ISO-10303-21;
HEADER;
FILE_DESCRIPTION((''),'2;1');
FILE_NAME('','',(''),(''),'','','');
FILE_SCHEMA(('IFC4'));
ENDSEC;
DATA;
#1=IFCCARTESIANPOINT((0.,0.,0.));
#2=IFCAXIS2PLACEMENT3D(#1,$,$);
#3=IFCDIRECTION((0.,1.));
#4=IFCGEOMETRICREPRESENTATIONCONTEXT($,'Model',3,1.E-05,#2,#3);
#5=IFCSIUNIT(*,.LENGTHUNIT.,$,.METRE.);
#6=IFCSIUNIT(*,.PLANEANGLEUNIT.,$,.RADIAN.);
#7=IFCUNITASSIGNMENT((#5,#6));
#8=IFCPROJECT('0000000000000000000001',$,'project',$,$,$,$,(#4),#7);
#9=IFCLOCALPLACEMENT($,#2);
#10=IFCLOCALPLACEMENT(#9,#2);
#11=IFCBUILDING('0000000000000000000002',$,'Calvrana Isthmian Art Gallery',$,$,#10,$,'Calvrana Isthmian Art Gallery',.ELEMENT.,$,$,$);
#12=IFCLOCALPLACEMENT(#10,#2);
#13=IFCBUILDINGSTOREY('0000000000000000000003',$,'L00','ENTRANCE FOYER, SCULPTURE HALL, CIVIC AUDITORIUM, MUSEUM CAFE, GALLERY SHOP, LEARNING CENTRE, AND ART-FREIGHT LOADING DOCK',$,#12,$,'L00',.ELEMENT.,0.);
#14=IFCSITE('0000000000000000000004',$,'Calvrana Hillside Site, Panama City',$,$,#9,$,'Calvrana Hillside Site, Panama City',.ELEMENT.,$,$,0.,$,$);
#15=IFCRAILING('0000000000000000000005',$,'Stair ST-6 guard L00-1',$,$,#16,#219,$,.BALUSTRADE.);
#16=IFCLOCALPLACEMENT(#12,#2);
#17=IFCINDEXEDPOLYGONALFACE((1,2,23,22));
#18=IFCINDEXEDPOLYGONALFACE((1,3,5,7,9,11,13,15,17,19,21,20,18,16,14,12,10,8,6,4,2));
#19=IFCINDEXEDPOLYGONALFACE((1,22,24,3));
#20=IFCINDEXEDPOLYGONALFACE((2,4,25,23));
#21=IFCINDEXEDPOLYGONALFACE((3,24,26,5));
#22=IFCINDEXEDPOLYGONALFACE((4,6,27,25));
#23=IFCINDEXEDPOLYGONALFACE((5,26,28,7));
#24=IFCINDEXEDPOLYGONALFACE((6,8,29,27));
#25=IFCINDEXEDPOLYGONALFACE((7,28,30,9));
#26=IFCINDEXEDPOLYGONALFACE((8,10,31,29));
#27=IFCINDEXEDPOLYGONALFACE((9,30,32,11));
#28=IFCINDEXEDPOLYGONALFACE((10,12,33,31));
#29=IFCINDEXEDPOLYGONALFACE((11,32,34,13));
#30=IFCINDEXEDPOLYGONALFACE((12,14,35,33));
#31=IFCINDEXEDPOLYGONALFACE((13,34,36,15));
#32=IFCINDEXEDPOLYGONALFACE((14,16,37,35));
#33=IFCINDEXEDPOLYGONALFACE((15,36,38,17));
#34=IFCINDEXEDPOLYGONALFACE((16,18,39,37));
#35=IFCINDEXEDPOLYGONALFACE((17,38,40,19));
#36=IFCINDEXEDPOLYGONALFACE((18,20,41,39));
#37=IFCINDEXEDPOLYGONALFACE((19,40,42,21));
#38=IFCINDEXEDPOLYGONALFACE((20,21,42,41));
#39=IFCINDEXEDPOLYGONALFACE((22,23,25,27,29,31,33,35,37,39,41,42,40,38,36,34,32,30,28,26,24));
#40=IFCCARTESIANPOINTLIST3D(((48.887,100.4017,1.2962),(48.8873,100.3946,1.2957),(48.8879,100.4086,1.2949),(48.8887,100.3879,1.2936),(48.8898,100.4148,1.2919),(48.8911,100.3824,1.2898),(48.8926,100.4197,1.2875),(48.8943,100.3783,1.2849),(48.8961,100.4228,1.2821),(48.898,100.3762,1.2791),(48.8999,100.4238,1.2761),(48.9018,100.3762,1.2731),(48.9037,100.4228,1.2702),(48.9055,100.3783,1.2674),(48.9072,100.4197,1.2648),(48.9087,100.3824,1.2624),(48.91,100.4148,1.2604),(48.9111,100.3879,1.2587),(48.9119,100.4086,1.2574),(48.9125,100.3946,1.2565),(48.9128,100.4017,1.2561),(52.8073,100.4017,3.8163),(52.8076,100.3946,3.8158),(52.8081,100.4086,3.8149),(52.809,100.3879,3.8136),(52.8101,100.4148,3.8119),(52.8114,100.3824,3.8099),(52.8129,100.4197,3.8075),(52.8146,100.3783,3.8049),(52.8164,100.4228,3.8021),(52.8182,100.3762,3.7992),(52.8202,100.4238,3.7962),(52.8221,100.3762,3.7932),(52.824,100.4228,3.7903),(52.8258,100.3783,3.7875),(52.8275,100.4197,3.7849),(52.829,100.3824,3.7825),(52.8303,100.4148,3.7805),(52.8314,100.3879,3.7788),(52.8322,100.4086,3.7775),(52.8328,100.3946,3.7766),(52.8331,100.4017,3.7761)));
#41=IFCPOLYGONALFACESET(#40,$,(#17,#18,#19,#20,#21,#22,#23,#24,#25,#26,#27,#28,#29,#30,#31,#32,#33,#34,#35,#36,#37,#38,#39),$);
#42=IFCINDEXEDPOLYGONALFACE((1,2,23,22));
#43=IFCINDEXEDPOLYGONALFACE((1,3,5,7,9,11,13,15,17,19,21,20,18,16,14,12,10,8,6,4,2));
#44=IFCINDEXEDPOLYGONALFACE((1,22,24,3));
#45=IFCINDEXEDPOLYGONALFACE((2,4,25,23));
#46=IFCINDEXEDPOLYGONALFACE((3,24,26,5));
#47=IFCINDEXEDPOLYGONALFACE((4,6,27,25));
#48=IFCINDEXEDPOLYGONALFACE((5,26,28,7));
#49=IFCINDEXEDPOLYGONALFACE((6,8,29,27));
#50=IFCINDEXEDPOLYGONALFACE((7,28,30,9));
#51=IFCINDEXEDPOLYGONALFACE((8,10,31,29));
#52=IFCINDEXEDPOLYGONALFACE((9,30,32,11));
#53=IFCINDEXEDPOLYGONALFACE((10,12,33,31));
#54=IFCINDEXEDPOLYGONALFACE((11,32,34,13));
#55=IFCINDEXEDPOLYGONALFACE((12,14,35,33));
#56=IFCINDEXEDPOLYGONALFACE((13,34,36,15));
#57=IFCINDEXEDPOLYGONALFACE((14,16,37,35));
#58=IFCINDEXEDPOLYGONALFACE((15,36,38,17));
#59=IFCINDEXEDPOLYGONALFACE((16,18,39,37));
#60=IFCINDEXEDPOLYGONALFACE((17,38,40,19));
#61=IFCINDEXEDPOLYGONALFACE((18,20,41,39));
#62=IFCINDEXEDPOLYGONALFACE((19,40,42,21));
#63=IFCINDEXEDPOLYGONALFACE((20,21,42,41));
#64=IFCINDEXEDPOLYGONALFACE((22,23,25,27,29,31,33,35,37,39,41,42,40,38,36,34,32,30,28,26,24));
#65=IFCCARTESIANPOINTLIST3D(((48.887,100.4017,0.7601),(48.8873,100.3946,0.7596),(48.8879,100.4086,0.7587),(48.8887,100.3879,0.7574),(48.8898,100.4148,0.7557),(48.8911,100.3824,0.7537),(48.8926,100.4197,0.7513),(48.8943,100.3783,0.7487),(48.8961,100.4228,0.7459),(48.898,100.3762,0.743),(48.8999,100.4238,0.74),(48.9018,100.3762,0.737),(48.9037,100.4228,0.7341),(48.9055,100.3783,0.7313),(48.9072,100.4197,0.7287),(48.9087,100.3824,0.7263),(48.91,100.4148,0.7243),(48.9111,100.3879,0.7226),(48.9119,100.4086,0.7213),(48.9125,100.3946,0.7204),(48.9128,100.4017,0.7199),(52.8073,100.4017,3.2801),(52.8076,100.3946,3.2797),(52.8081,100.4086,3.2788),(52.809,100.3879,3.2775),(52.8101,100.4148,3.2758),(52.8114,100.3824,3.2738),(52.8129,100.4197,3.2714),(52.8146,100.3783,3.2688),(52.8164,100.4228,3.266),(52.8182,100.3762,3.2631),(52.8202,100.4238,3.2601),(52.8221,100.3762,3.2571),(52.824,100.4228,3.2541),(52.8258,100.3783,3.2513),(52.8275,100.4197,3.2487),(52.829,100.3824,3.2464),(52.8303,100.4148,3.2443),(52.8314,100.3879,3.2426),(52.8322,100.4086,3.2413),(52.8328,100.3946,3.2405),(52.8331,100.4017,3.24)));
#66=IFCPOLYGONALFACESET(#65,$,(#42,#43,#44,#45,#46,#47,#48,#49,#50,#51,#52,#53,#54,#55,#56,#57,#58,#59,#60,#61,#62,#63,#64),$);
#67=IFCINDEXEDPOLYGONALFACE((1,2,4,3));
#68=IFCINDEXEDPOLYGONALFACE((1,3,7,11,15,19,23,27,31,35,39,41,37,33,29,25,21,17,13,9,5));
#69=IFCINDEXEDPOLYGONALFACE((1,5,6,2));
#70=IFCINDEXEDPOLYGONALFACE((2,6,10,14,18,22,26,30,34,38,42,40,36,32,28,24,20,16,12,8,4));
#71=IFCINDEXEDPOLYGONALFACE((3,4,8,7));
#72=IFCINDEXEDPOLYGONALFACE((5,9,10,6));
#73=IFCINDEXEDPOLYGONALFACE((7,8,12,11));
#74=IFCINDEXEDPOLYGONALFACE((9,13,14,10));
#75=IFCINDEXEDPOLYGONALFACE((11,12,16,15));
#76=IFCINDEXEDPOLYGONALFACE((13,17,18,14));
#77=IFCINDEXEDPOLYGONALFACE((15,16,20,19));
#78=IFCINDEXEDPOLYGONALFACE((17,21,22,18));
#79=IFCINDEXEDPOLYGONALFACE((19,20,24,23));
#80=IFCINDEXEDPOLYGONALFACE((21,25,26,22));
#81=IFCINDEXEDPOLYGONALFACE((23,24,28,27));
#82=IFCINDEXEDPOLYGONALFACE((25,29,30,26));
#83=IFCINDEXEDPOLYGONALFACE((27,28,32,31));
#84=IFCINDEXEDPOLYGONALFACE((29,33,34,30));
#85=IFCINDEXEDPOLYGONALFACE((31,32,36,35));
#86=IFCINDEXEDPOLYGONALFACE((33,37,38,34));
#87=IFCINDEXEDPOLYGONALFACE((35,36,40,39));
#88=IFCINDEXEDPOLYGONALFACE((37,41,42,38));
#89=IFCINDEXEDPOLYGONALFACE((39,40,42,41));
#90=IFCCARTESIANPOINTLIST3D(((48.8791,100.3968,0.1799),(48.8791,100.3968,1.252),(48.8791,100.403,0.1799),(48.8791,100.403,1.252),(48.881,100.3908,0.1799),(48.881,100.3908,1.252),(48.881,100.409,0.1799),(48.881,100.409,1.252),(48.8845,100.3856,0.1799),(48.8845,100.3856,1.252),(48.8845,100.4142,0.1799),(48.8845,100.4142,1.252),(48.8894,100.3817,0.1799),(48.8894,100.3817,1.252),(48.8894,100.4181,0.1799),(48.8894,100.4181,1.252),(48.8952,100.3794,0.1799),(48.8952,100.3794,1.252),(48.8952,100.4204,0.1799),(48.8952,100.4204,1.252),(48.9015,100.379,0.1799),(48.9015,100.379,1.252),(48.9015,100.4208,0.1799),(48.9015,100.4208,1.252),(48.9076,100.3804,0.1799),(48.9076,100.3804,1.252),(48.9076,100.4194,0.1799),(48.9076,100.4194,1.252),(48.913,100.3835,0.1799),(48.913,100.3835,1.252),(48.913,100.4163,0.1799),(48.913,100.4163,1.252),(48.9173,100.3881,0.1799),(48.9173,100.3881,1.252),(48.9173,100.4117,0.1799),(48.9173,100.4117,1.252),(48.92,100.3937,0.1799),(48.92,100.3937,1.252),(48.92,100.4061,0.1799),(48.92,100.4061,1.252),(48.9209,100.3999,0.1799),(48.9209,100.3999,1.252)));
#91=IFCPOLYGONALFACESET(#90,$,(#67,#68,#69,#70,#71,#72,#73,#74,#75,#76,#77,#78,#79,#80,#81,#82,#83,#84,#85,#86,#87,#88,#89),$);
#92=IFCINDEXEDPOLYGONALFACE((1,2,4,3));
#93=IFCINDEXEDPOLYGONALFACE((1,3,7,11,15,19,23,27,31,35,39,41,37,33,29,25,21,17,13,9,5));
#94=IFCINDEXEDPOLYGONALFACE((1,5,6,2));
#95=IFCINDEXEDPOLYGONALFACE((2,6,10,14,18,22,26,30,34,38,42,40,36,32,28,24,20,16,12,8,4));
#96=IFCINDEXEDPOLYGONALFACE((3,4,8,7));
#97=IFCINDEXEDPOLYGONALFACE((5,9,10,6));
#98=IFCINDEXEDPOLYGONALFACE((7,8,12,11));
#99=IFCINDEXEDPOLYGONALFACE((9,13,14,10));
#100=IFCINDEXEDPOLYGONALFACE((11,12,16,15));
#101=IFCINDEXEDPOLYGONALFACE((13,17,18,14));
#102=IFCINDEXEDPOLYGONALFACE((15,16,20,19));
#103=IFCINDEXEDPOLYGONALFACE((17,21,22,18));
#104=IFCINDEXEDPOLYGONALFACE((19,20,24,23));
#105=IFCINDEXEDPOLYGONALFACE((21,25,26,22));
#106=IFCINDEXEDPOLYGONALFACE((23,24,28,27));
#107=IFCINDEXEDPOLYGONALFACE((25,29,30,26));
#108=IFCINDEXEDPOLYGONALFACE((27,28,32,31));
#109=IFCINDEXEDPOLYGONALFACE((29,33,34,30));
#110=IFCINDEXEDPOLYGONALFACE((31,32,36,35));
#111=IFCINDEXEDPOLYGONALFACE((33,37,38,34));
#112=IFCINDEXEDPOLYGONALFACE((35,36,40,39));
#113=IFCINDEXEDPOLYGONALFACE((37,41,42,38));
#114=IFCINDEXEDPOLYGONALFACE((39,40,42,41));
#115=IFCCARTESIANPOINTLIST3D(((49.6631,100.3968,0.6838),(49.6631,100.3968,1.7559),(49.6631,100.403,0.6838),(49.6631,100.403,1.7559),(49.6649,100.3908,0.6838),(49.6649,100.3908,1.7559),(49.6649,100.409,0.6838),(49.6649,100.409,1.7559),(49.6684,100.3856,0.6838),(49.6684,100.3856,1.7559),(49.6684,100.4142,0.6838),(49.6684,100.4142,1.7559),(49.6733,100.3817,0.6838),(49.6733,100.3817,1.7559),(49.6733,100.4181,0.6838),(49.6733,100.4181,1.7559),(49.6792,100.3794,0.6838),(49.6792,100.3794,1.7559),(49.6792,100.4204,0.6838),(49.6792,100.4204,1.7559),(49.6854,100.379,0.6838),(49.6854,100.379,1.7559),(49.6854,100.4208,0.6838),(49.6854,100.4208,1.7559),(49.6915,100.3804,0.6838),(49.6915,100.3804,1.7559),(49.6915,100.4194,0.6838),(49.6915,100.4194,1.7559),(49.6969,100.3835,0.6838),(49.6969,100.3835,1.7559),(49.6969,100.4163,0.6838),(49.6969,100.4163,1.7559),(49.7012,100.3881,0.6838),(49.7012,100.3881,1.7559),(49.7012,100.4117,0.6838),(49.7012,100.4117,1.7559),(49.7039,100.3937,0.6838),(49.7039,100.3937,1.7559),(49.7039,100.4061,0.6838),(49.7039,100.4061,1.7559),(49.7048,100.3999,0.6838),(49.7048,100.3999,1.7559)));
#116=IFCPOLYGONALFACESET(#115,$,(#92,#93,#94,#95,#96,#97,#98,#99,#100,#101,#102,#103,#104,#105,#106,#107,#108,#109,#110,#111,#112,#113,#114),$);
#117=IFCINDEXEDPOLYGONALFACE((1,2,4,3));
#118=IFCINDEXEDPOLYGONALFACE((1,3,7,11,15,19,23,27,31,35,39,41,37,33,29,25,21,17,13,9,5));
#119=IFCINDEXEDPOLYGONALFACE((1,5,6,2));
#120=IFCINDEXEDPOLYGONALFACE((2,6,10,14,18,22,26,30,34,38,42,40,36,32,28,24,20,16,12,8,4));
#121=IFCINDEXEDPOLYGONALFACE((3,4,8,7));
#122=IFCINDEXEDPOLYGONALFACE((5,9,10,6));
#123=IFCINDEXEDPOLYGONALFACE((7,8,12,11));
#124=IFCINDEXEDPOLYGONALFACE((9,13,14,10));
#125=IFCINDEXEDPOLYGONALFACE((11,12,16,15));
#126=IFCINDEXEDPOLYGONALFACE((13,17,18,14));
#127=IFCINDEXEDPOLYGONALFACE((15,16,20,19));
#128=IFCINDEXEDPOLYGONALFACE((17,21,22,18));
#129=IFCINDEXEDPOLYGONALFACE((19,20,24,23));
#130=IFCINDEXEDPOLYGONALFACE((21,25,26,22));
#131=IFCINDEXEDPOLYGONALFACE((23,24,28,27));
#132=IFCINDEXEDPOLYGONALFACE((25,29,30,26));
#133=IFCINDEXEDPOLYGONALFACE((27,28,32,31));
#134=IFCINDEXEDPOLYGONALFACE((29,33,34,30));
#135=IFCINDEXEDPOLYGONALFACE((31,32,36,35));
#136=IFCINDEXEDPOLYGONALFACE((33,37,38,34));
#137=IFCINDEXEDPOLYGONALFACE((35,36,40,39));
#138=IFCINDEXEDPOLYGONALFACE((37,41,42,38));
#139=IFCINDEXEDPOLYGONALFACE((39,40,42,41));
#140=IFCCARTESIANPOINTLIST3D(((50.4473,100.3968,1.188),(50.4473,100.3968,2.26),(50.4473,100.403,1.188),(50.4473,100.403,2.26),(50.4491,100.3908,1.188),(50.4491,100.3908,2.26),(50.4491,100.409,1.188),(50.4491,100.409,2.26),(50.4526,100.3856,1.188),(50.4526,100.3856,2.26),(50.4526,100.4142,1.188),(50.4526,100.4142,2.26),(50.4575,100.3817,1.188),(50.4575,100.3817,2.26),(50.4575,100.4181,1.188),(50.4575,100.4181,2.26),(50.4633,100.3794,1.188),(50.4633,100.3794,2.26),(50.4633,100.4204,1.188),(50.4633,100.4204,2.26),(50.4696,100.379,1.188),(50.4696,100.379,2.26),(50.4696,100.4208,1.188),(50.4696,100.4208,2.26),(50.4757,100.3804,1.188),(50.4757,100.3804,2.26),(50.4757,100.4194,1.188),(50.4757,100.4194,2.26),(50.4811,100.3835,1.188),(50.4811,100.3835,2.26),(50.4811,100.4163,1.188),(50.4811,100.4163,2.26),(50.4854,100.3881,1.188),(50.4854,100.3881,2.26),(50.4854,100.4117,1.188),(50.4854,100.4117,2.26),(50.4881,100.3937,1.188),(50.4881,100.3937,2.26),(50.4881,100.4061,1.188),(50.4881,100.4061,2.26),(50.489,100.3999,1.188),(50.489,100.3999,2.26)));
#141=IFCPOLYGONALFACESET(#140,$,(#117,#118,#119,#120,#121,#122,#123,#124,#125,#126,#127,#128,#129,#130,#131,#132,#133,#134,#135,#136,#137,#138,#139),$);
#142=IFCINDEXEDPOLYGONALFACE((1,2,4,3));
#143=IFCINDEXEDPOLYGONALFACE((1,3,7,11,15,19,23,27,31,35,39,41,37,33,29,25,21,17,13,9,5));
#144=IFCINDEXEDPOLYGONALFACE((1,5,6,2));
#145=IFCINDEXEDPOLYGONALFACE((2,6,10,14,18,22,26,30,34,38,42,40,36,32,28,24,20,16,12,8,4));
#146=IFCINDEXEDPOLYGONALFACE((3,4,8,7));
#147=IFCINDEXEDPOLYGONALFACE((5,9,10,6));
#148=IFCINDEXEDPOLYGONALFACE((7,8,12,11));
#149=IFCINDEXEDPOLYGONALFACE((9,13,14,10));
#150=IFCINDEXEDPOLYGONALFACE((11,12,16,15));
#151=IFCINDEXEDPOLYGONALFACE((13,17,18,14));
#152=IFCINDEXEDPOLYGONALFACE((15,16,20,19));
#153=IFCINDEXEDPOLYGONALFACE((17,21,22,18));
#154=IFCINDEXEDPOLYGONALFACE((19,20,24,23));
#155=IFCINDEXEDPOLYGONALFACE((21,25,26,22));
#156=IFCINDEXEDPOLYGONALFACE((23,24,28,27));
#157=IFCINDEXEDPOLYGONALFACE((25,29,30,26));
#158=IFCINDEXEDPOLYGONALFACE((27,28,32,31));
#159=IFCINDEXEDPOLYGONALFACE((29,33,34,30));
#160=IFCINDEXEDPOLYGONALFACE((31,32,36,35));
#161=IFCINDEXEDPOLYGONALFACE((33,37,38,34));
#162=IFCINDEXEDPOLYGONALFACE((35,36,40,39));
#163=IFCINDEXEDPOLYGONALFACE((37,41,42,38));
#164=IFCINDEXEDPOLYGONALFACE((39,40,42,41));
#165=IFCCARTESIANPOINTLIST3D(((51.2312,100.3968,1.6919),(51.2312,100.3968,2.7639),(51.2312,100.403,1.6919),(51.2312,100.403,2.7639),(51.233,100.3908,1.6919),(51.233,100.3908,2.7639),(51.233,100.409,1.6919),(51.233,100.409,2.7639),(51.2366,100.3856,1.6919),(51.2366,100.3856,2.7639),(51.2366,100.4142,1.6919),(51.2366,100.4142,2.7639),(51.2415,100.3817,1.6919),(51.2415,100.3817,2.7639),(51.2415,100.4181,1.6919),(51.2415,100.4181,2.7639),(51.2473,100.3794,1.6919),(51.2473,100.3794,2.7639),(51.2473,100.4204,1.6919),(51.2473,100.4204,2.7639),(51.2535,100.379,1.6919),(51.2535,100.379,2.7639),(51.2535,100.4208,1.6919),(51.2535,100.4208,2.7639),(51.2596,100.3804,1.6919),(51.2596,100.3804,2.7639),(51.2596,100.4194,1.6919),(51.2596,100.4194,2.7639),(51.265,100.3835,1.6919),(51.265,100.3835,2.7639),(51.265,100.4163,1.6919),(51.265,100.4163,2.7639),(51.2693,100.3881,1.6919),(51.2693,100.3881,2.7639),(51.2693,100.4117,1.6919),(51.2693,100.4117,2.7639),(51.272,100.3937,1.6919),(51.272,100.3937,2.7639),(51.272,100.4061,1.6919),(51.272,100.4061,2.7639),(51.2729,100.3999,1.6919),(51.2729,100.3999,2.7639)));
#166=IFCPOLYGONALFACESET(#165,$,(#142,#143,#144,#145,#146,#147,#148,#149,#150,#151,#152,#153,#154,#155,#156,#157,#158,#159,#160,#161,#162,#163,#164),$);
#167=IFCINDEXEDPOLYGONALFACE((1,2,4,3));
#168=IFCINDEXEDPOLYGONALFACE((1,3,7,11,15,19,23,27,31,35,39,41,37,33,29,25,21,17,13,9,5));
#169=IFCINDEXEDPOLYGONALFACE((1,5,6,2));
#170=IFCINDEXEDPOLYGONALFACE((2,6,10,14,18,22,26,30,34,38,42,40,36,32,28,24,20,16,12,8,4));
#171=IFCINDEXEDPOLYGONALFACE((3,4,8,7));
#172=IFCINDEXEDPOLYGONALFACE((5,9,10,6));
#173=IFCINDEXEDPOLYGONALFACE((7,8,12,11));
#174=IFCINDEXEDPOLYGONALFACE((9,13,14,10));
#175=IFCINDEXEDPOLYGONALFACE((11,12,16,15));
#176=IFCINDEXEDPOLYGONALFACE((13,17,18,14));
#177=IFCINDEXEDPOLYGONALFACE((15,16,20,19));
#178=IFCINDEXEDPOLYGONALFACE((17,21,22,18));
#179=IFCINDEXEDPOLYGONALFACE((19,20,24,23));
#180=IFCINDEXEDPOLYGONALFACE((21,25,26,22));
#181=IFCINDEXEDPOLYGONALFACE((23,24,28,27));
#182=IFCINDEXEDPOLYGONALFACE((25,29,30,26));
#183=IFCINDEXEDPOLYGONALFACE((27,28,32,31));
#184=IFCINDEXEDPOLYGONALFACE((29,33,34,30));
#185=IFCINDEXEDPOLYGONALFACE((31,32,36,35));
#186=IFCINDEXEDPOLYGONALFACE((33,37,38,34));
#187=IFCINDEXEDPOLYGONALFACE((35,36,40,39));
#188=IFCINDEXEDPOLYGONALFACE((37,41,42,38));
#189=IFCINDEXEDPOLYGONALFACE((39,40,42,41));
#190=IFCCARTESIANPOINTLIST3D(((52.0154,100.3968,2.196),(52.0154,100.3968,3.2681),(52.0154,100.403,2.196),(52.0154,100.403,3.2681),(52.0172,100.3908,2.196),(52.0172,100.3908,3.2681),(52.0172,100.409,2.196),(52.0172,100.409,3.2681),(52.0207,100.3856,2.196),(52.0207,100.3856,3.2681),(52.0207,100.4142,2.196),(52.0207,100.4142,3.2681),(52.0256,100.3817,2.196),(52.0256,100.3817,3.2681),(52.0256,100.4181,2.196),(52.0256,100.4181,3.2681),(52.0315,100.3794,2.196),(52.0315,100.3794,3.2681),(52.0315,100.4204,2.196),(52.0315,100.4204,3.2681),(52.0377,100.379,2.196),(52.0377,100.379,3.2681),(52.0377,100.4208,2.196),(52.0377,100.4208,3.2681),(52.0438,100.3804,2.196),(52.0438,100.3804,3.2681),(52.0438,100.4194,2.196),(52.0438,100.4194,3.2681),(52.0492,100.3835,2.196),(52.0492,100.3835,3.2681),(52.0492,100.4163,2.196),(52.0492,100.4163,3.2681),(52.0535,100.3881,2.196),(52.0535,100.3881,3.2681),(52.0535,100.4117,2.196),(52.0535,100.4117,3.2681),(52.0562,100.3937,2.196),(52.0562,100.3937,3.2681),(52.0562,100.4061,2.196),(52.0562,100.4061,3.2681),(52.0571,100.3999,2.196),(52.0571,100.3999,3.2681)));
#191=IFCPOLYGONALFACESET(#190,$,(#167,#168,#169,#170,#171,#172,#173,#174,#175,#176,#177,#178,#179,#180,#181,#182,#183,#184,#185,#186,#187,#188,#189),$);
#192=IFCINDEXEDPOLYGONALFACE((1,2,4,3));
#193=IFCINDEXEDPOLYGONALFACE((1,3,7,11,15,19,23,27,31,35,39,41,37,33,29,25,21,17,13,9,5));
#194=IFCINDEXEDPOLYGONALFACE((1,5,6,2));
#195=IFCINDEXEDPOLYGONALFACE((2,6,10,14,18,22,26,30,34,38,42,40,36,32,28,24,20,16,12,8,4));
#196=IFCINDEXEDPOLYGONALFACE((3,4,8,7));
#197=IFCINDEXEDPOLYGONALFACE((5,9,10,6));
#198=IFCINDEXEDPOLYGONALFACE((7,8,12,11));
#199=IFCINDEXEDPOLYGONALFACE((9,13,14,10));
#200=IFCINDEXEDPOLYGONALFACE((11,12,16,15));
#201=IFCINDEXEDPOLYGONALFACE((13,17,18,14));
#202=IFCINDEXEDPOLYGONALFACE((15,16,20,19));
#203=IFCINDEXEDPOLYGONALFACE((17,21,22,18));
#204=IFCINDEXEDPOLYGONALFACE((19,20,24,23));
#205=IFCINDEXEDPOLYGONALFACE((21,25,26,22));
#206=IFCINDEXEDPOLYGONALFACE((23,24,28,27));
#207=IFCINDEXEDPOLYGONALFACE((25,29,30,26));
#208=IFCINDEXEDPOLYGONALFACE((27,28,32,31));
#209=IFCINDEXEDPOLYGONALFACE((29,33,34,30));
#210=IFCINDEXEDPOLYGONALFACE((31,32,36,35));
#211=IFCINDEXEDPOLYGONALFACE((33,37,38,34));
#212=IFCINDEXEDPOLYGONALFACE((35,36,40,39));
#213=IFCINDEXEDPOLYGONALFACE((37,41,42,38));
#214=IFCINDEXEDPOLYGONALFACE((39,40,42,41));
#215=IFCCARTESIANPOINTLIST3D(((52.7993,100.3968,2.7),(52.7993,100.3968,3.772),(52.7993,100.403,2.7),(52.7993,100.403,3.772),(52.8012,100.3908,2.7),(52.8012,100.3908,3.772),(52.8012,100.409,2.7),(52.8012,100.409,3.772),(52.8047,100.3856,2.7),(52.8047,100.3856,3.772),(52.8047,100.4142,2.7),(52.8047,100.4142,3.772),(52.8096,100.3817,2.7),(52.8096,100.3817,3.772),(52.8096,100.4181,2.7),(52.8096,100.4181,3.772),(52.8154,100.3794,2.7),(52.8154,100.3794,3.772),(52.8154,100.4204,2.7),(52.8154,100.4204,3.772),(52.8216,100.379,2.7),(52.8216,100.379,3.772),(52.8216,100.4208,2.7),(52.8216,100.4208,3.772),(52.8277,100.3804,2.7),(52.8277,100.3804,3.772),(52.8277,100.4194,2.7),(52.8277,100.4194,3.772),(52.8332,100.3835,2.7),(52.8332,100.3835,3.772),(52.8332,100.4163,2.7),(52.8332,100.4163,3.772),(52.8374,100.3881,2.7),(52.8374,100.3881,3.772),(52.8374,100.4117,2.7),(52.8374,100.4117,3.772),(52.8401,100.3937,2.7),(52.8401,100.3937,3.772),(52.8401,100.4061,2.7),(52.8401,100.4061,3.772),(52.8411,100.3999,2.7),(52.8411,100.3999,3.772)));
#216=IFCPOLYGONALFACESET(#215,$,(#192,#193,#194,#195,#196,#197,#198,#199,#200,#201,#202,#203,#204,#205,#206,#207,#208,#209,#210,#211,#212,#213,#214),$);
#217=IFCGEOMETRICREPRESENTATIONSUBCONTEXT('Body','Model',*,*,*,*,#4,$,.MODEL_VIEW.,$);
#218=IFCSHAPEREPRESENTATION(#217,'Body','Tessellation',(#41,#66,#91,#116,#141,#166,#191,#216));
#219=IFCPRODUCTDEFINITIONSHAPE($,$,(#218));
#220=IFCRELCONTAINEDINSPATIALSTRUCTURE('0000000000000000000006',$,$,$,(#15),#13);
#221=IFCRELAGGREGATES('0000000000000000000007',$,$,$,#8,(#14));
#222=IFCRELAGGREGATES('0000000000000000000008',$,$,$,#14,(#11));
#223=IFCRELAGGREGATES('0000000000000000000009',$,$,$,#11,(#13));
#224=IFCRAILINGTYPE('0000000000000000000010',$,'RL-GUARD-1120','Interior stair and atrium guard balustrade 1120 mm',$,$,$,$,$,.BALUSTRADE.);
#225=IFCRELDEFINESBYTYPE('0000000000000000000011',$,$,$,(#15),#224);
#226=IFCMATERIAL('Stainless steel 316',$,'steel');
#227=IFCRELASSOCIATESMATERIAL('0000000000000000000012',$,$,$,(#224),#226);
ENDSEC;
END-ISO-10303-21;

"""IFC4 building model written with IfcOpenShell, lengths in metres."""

from ifc_helpers import new_model, si_unit, direction, frame, origin, origin_2d, place, context, subcontext, project, spatial, circle, extrude, material, type_object, element, save


model = new_model("IFC4")

# Units and contexts
model_context = context("Model", 3, precision=1e-05, world=origin(), true_north=direction((0.0, 1.0)))
body_context = subcontext(model_context, "Body", "Model", "MODEL_VIEW")
ifc_project = project(units=[si_unit("LENGTHUNIT", "METRE"), si_unit("PLANEANGLEUNIT", "RADIAN")], contexts=[model_context])

# Site, building, storey
site_placement = place(None, origin())
site = spatial("IfcSite", under=ifc_project, at=site_placement, Name="Calvrana Hillside Site, Panama City", LongName="Calvrana Hillside Site, Panama City", CompositionType="ELEMENT", RefElevation=0.0)
building_placement = place(site_placement, origin())
building = spatial("IfcBuilding", under=site, at=building_placement, Name="Calvrana Isthmian Art Gallery", LongName="Calvrana Isthmian Art Gallery", CompositionType="ELEMENT")
storey_placement = place(building_placement, origin())
storey = spatial("IfcBuildingStorey", under=building, at=storey_placement, Name="L00", Description="ENTRANCE FOYER, SCULPTURE HALL, CIVIC AUDITORIUM, MUSEUM CAFE, GALLERY SHOP, LEARNING CENTRE, AND ART-FREIGHT LOADING DOCK", LongName="L00", CompositionType="ELEMENT", Elevation=0.0)

# Railing
ifc_material_1 = material(Name="Stainless steel 316", Category="steel")
railing_type_1 = type_object("IfcRailingType", Name="RL-GUARD-1120", Description="Interior stair and atrium guard balustrade 1120 mm", PredefinedType="BALUSTRADE", material=ifc_material_1)
railing_1_placement = place(storey_placement, frame((48.8999, 100.3999, 0.1799)))
element("IfcRailing", 1, at=railing_1_placement, inside=storey, type_object=railing_type_1, Name="Stair ST-6 guard L00-1", PredefinedType="BALUSTRADE", context=body_context, shape_type="SweptSolid", body=[
    extrude(circle(Radius=0.0239, at=origin_2d()), frame((0.0, 0.0, 1.0962), z_axis=(0.841187, 0.0, 0.540744), x_axis=(0.0, 1.0, 0.0)), (0.0, 0.0, 1.0), 4.6604),
    extrude(circle(Radius=0.0239, at=origin_2d()), frame((0.0, 0.0, 0.5601), z_axis=(0.841187, 0.0, 0.540744), x_axis=(0.0, 1.0, 0.0)), (0.0, 0.0, 1.0), 4.6604),
    extrude(circle(Radius=0.021, at=origin_2d()), origin(), (0.0, 0.0, 1.0), 1.072),
    extrude(circle(Radius=0.021, at=origin_2d()), frame((0.7839, 0.0, 0.5039)), (0.0, 0.0, 1.0), 1.072),
    extrude(circle(Radius=0.021, at=origin_2d()), frame((1.5681, 0.0, 1.0081)), (0.0, 0.0, 1.0), 1.072),
    extrude(circle(Radius=0.021, at=origin_2d()), frame((2.3521, 0.0, 1.512)), (0.0, 0.0, 1.0), 1.072),
    extrude(circle(Radius=0.021, at=origin_2d()), frame((3.1362, 0.0, 2.0161)), (0.0, 0.0, 1.0), 1.072),
    extrude(circle(Radius=0.021, at=origin_2d()), frame((3.9202, 0.0, 2.52)), (0.0, 0.0, 1.0), 1.072),
])

save(model, "model.ifc")
